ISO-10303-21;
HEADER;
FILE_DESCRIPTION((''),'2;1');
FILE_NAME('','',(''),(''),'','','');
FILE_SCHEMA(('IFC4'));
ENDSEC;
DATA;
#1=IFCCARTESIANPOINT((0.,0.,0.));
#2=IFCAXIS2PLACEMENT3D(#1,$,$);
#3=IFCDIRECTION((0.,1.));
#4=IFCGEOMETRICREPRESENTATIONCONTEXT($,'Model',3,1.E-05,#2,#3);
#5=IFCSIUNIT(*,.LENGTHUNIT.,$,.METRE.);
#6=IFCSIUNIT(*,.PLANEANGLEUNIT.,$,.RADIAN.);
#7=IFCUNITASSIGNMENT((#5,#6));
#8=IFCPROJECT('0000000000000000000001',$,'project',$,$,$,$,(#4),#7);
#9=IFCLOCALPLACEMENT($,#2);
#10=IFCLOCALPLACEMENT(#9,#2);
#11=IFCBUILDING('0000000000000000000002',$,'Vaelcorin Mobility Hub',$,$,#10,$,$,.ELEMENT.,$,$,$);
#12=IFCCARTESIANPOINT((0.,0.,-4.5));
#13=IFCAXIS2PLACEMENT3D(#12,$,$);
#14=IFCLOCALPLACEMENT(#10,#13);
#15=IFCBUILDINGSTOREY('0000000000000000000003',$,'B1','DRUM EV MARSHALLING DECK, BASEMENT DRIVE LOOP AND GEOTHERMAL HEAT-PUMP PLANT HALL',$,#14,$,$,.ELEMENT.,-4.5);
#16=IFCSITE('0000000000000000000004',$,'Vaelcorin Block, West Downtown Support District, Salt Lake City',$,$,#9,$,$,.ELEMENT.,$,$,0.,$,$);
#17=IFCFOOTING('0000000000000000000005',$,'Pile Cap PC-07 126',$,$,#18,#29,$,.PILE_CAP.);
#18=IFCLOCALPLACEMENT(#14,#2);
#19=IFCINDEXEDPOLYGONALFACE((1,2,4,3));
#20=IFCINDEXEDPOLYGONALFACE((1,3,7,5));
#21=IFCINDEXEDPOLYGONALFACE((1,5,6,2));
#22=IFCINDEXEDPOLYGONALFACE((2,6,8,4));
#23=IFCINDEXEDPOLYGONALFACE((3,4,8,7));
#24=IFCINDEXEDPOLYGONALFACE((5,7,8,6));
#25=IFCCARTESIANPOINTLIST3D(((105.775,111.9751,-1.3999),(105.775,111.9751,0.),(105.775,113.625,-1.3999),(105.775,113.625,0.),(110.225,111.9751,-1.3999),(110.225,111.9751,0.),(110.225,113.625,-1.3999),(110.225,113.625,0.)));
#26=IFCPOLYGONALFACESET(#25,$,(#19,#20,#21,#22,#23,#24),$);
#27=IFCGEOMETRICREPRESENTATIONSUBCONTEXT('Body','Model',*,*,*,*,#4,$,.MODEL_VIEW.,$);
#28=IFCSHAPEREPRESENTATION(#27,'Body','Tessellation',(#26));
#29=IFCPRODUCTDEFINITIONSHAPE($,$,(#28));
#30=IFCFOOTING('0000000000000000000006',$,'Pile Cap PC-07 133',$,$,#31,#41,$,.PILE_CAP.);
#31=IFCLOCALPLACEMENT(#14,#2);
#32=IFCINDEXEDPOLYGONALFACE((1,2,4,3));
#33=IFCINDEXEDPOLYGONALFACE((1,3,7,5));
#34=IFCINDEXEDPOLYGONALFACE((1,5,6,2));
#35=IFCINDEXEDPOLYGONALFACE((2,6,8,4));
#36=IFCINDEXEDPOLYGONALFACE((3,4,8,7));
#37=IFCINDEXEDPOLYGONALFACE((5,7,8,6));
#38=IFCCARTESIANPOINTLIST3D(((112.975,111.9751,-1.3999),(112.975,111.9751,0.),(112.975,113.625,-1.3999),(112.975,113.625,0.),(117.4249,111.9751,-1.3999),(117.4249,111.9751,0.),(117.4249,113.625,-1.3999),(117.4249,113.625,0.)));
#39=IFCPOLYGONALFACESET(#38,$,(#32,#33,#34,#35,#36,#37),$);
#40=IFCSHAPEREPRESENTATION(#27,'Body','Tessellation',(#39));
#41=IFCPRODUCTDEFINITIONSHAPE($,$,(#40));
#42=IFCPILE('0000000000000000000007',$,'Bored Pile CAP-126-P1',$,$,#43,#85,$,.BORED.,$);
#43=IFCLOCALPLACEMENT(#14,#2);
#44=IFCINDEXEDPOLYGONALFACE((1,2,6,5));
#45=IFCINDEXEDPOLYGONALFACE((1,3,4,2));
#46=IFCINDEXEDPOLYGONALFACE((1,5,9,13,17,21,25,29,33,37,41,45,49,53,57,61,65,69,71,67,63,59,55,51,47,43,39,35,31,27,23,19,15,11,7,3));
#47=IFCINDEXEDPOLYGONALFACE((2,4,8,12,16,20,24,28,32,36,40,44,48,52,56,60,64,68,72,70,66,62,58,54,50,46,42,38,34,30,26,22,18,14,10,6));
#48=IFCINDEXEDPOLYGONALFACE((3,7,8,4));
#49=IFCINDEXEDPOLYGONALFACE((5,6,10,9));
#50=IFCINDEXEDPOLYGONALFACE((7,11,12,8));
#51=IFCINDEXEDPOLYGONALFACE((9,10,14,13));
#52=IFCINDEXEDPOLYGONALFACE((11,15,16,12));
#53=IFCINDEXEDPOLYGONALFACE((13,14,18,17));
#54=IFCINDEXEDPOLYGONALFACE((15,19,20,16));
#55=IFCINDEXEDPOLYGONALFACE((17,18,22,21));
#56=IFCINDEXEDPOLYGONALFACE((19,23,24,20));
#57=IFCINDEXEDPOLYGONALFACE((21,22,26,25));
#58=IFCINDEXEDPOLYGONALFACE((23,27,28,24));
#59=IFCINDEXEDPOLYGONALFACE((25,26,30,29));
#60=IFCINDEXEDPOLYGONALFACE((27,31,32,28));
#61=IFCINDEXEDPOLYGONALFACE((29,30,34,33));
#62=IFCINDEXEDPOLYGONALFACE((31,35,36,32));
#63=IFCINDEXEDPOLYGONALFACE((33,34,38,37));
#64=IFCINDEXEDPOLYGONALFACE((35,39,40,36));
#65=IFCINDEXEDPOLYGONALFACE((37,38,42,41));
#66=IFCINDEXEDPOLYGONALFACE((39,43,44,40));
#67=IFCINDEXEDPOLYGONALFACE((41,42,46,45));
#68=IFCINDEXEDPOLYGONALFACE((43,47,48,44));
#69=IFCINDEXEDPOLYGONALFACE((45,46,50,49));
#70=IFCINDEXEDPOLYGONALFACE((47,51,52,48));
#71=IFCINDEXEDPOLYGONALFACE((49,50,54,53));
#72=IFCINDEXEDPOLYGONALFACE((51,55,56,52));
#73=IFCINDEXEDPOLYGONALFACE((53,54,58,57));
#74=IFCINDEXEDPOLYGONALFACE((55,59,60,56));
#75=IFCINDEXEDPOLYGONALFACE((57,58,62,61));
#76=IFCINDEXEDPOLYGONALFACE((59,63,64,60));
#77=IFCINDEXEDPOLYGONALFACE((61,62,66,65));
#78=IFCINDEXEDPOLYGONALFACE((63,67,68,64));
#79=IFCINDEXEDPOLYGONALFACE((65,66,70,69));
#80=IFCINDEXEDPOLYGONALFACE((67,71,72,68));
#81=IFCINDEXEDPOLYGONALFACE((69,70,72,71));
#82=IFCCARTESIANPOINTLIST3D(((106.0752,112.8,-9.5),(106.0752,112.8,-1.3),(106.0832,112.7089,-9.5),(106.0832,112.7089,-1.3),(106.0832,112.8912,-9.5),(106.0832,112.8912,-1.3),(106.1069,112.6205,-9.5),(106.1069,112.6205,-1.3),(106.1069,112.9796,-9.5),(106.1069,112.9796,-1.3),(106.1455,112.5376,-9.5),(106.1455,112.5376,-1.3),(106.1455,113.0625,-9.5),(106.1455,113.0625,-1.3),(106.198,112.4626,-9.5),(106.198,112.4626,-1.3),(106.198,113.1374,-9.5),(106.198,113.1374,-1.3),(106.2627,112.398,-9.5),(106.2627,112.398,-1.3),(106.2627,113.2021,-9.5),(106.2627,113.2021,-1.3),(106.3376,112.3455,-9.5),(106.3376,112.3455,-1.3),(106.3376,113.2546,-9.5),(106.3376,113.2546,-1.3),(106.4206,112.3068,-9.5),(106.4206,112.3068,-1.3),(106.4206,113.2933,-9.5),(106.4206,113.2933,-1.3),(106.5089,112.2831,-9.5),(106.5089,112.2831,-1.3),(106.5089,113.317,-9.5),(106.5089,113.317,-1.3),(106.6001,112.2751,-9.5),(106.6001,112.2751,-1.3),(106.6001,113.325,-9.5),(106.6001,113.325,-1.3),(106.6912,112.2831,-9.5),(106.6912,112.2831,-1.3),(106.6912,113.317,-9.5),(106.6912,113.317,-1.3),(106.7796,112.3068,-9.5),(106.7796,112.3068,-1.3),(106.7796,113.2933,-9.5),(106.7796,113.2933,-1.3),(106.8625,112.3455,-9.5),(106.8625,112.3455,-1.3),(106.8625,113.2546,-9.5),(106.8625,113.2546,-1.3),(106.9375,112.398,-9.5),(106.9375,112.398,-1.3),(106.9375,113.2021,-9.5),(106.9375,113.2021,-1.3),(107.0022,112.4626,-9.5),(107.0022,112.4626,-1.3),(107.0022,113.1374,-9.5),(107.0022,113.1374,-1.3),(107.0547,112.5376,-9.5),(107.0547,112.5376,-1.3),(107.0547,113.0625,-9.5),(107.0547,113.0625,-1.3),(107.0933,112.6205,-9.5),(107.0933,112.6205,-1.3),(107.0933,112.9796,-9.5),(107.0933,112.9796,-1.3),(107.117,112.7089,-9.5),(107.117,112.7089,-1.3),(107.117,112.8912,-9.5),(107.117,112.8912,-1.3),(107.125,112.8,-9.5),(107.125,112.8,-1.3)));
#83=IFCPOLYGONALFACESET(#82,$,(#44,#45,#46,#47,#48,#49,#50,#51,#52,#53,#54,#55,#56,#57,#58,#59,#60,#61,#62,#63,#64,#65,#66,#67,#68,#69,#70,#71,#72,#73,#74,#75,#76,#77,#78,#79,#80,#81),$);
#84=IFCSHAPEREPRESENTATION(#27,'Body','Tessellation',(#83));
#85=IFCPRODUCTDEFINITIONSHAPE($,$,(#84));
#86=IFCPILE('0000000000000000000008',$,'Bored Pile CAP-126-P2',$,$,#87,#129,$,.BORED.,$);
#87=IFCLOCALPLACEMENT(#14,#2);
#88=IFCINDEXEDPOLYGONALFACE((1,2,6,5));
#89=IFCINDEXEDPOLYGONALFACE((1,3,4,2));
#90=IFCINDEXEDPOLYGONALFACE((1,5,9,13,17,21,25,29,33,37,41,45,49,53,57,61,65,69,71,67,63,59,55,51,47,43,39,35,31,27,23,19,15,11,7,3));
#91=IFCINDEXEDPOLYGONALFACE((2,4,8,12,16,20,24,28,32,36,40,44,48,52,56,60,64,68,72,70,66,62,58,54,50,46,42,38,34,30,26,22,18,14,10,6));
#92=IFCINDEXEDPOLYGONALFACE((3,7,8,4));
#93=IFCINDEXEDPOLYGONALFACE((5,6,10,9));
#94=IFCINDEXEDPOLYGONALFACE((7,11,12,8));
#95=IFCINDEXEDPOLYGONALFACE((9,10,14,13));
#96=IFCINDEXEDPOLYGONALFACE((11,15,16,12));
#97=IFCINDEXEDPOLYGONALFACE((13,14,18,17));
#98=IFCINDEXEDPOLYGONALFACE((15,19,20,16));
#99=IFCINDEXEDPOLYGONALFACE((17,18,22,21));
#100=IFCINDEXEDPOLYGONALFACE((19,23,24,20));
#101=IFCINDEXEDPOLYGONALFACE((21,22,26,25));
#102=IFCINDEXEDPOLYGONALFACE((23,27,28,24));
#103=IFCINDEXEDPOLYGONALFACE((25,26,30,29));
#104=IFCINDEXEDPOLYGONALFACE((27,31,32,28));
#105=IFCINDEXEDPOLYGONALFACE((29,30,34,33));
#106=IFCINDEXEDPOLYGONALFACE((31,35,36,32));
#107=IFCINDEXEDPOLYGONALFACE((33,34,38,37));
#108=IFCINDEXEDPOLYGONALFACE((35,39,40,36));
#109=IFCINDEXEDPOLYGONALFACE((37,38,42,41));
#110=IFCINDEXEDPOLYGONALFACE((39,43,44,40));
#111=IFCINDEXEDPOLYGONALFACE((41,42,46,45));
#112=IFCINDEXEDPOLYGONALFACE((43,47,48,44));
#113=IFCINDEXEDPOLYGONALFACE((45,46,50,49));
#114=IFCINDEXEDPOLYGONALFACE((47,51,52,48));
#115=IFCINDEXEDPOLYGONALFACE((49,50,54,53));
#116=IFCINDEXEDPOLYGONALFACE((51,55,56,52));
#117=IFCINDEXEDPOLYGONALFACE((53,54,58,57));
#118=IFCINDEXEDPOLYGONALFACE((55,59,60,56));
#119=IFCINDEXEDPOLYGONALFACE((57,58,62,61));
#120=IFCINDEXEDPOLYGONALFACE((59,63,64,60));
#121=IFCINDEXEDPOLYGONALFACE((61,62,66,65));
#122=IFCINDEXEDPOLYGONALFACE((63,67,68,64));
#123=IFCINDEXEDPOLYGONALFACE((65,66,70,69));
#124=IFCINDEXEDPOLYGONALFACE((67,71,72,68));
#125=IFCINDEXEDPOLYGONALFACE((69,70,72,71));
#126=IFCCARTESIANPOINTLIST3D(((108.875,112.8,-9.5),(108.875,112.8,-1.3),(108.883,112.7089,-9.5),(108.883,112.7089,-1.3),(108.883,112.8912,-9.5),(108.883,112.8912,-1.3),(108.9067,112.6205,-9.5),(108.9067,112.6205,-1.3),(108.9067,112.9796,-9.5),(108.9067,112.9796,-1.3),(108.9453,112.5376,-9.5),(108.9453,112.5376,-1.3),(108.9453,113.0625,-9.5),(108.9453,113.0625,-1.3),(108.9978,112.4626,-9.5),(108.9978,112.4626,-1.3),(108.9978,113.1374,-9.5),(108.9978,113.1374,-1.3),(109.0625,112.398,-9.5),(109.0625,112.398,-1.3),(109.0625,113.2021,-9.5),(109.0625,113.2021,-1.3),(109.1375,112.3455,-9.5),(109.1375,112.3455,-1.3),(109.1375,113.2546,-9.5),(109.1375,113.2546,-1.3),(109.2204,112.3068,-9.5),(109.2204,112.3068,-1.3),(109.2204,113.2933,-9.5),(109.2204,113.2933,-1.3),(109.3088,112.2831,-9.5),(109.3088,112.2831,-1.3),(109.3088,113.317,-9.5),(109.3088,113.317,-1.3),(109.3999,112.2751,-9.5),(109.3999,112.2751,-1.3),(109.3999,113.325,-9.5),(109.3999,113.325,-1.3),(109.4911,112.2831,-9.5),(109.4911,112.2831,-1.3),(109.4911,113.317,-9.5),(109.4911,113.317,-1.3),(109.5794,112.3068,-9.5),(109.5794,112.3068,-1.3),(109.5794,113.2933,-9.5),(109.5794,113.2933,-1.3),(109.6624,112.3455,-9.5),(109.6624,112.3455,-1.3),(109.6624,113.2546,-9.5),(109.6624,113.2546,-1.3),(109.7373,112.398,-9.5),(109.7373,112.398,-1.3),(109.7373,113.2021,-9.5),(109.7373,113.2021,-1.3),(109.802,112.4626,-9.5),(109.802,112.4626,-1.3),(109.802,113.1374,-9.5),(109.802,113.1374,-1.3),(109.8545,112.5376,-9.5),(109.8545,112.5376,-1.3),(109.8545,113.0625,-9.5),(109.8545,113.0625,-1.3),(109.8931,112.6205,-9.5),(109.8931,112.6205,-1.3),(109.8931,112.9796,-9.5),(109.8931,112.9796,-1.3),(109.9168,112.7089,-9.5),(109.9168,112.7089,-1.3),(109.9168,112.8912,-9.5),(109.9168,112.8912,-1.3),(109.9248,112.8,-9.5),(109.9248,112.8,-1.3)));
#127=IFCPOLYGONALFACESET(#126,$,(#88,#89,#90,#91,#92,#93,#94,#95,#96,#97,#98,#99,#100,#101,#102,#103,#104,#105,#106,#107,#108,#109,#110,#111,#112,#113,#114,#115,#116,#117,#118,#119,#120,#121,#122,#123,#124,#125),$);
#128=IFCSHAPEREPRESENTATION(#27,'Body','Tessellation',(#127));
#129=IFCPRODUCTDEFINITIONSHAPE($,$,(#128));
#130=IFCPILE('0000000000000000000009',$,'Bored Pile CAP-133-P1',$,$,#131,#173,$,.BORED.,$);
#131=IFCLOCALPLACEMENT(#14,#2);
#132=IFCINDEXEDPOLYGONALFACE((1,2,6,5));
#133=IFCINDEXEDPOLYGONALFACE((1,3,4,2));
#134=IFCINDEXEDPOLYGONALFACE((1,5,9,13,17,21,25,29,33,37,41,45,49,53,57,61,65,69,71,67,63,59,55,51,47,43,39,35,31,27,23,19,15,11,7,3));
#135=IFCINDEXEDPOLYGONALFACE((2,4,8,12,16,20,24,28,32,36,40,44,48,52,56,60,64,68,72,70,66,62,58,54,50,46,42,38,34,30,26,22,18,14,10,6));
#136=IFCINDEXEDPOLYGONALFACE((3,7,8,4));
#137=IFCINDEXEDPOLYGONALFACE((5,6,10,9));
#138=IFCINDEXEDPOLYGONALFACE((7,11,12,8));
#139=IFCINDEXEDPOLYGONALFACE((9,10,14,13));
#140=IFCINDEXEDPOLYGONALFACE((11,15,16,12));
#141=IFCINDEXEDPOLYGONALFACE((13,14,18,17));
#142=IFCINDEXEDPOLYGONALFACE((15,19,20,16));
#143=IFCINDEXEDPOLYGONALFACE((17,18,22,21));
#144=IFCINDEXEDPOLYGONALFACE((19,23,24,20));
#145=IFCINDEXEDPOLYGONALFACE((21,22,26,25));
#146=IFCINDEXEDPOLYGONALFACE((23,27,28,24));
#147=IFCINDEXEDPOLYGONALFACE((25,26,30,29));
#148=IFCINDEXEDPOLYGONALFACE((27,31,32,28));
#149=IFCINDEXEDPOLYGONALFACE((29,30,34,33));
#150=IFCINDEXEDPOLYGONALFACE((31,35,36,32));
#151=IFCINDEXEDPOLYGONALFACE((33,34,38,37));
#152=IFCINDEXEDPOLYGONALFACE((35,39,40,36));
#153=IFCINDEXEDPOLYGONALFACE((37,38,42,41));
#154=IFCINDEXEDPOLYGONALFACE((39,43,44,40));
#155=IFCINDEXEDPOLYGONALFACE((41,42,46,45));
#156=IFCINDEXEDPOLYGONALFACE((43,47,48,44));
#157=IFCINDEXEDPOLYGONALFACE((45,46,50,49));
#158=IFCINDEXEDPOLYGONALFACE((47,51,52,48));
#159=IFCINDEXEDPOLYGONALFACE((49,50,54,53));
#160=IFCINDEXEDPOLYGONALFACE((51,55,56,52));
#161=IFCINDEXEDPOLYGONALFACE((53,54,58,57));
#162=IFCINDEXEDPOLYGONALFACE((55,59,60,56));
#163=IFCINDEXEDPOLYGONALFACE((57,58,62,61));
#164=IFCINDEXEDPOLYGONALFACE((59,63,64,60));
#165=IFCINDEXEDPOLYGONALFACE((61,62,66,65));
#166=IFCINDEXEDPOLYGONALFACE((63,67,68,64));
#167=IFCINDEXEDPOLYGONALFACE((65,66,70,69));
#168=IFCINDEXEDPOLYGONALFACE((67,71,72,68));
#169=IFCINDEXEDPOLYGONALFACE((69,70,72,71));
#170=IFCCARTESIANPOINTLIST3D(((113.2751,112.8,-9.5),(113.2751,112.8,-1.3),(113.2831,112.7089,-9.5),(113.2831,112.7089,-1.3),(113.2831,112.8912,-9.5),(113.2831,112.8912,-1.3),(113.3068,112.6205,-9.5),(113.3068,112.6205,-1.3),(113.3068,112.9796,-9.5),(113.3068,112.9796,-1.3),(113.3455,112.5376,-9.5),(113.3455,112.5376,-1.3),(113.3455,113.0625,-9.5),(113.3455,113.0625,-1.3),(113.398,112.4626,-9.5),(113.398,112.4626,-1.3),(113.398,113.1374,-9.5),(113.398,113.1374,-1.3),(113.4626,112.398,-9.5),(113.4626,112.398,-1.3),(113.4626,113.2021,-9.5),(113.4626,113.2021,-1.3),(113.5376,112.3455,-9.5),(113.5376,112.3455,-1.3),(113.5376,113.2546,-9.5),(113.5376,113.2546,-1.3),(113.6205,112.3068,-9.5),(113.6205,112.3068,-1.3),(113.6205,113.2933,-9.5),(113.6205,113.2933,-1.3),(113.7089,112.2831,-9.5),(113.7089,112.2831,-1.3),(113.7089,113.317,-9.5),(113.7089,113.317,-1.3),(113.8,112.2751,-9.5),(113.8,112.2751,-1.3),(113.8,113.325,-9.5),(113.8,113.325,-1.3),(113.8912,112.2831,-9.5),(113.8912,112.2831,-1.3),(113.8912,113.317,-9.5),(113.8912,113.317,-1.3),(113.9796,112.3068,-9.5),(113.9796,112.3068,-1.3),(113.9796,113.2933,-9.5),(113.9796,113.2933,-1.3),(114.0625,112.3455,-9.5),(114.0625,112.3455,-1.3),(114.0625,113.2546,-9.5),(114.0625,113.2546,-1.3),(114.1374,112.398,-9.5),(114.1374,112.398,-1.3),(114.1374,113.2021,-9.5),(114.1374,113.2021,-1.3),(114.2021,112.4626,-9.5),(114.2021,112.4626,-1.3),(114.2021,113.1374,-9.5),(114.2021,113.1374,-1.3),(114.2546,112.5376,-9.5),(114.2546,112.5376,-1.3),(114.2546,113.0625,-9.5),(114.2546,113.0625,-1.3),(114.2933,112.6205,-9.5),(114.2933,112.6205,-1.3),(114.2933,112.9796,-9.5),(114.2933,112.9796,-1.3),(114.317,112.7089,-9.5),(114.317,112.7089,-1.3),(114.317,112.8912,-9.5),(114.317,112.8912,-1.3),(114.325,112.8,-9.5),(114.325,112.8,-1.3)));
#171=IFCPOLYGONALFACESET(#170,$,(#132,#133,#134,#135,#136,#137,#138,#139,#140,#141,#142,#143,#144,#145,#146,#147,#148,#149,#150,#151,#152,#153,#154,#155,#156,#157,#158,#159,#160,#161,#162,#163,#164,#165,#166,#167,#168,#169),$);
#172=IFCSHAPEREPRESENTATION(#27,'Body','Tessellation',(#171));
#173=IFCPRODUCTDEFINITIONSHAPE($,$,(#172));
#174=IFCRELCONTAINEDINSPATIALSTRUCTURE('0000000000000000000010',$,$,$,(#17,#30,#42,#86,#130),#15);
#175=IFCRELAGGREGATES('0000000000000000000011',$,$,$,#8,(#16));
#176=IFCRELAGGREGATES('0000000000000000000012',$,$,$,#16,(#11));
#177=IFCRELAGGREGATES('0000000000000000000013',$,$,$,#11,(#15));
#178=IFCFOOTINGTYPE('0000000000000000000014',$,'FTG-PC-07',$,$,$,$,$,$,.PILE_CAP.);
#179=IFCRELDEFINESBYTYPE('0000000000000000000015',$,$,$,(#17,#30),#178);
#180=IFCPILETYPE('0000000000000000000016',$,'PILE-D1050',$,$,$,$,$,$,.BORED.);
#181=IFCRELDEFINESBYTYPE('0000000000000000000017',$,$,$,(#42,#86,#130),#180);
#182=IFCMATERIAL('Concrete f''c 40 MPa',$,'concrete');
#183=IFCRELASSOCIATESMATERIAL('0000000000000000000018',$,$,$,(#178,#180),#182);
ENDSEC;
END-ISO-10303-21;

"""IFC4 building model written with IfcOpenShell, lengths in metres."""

from ifc_helpers import new_model, si_unit, direction, frame, origin, origin_2d, place, context, subcontext, project, spatial, rectangle, circle, extrude, material, material_profile, profile_set, type_object, element, save


model = new_model("IFC4")

# Units and contexts
model_context = context("Model", 3, precision=1e-05, world=origin(), true_north=direction((0.0, 1.0)))
body_context = subcontext(model_context, "Body", "Model", "MODEL_VIEW")
ifc_project = project(units=[si_unit("LENGTHUNIT", "METRE"), si_unit("PLANEANGLEUNIT", "RADIAN")], contexts=[model_context])

# Site, building, storey
site_placement = place(None, origin())
site = spatial("IfcSite", under=ifc_project, at=site_placement, Name="Vaelcorin Block, West Downtown Support District, Salt Lake City", CompositionType="ELEMENT", RefElevation=0.0)
building_placement = place(site_placement, origin())
building = spatial("IfcBuilding", under=site, at=building_placement, Name="Vaelcorin Mobility Hub", CompositionType="ELEMENT")
storey_placement = place(building_placement, frame((0.0, 0.0, -4.5)))
storey = spatial("IfcBuildingStorey", under=building, at=storey_placement, Name="B1", Description="DRUM EV MARSHALLING DECK, BASEMENT DRIVE LOOP AND GEOTHERMAL HEAT-PUMP PLANT HALL", CompositionType="ELEMENT", Elevation=-4.5)

# Footings
ifc_material_1 = material(Name="Concrete f'c 40 MPa", Category="concrete")
footing_type = type_object("IfcFootingType", Name="FTG-PC-07", PredefinedType="PILE_CAP", material=ifc_material_1)
for number, where, z_axis, x_axis, name in (
    (1, (108.0, 112.8, -1.3999), (0.0, 0.0, 1.0), (1.0, 0.0, 0.0), "Pile Cap PC-07 126"),
    (2, (115.2, 112.8, -1.3999), (0.0, 0.0, 1.0), (1.0, 0.0, 0.0), "Pile Cap PC-07 133"),
):
    element("IfcFooting", number, at=place(storey_placement, frame(where, z_axis=z_axis, x_axis=x_axis)), inside=storey, type_object=footing_type, Name=name, PredefinedType="PILE_CAP", context=body_context, shape_type="SweptSolid", body=[
        extrude(rectangle(XDim=4.45, YDim=1.6499, at=origin_2d()), origin(), (0.0, 0.0, 1.0), 1.3999),
    ])

# Piles
ifc_material_profile_1 = material_profile(ifc_material_1, circle(Radius=0.5249, at=origin_2d()), Name="BP-D1050")
ifc_profile_set_1 = profile_set([ifc_material_profile_1], Name="Concrete f'c 40 MPa")
pile_type = type_object("IfcPileType", Name="PILE-D1050", PredefinedType="BORED", material=ifc_profile_set_1)
for number, where, z_axis, x_axis, name in (
    (3, (106.6001, 112.8, -1.3), (0.0, 0.0, -1.0), (1.0, 0.0, 0.0), "Bored Pile CAP-126-P1"),
    (4, (109.3999, 112.8, -1.3), (0.0, 0.0, -1.0), (1.0, 0.0, 0.0), "Bored Pile CAP-126-P2"),
    (5, (113.8, 112.8, -1.3), (0.0, 0.0, -1.0), (1.0, 0.0, 0.0), "Bored Pile CAP-133-P1"),
):
    element("IfcPile", number, at=place(storey_placement, frame(where, z_axis=z_axis, x_axis=x_axis)), inside=storey, type_object=pile_type, Name=name, PredefinedType="BORED", context=body_context, shape_type="SweptSolid", body=[
        extrude(circle(Radius=0.5249, at=origin_2d()), origin(), (0.0, 0.0, 1.0), 8.2),
    ])

save(model, "model.ifc")
